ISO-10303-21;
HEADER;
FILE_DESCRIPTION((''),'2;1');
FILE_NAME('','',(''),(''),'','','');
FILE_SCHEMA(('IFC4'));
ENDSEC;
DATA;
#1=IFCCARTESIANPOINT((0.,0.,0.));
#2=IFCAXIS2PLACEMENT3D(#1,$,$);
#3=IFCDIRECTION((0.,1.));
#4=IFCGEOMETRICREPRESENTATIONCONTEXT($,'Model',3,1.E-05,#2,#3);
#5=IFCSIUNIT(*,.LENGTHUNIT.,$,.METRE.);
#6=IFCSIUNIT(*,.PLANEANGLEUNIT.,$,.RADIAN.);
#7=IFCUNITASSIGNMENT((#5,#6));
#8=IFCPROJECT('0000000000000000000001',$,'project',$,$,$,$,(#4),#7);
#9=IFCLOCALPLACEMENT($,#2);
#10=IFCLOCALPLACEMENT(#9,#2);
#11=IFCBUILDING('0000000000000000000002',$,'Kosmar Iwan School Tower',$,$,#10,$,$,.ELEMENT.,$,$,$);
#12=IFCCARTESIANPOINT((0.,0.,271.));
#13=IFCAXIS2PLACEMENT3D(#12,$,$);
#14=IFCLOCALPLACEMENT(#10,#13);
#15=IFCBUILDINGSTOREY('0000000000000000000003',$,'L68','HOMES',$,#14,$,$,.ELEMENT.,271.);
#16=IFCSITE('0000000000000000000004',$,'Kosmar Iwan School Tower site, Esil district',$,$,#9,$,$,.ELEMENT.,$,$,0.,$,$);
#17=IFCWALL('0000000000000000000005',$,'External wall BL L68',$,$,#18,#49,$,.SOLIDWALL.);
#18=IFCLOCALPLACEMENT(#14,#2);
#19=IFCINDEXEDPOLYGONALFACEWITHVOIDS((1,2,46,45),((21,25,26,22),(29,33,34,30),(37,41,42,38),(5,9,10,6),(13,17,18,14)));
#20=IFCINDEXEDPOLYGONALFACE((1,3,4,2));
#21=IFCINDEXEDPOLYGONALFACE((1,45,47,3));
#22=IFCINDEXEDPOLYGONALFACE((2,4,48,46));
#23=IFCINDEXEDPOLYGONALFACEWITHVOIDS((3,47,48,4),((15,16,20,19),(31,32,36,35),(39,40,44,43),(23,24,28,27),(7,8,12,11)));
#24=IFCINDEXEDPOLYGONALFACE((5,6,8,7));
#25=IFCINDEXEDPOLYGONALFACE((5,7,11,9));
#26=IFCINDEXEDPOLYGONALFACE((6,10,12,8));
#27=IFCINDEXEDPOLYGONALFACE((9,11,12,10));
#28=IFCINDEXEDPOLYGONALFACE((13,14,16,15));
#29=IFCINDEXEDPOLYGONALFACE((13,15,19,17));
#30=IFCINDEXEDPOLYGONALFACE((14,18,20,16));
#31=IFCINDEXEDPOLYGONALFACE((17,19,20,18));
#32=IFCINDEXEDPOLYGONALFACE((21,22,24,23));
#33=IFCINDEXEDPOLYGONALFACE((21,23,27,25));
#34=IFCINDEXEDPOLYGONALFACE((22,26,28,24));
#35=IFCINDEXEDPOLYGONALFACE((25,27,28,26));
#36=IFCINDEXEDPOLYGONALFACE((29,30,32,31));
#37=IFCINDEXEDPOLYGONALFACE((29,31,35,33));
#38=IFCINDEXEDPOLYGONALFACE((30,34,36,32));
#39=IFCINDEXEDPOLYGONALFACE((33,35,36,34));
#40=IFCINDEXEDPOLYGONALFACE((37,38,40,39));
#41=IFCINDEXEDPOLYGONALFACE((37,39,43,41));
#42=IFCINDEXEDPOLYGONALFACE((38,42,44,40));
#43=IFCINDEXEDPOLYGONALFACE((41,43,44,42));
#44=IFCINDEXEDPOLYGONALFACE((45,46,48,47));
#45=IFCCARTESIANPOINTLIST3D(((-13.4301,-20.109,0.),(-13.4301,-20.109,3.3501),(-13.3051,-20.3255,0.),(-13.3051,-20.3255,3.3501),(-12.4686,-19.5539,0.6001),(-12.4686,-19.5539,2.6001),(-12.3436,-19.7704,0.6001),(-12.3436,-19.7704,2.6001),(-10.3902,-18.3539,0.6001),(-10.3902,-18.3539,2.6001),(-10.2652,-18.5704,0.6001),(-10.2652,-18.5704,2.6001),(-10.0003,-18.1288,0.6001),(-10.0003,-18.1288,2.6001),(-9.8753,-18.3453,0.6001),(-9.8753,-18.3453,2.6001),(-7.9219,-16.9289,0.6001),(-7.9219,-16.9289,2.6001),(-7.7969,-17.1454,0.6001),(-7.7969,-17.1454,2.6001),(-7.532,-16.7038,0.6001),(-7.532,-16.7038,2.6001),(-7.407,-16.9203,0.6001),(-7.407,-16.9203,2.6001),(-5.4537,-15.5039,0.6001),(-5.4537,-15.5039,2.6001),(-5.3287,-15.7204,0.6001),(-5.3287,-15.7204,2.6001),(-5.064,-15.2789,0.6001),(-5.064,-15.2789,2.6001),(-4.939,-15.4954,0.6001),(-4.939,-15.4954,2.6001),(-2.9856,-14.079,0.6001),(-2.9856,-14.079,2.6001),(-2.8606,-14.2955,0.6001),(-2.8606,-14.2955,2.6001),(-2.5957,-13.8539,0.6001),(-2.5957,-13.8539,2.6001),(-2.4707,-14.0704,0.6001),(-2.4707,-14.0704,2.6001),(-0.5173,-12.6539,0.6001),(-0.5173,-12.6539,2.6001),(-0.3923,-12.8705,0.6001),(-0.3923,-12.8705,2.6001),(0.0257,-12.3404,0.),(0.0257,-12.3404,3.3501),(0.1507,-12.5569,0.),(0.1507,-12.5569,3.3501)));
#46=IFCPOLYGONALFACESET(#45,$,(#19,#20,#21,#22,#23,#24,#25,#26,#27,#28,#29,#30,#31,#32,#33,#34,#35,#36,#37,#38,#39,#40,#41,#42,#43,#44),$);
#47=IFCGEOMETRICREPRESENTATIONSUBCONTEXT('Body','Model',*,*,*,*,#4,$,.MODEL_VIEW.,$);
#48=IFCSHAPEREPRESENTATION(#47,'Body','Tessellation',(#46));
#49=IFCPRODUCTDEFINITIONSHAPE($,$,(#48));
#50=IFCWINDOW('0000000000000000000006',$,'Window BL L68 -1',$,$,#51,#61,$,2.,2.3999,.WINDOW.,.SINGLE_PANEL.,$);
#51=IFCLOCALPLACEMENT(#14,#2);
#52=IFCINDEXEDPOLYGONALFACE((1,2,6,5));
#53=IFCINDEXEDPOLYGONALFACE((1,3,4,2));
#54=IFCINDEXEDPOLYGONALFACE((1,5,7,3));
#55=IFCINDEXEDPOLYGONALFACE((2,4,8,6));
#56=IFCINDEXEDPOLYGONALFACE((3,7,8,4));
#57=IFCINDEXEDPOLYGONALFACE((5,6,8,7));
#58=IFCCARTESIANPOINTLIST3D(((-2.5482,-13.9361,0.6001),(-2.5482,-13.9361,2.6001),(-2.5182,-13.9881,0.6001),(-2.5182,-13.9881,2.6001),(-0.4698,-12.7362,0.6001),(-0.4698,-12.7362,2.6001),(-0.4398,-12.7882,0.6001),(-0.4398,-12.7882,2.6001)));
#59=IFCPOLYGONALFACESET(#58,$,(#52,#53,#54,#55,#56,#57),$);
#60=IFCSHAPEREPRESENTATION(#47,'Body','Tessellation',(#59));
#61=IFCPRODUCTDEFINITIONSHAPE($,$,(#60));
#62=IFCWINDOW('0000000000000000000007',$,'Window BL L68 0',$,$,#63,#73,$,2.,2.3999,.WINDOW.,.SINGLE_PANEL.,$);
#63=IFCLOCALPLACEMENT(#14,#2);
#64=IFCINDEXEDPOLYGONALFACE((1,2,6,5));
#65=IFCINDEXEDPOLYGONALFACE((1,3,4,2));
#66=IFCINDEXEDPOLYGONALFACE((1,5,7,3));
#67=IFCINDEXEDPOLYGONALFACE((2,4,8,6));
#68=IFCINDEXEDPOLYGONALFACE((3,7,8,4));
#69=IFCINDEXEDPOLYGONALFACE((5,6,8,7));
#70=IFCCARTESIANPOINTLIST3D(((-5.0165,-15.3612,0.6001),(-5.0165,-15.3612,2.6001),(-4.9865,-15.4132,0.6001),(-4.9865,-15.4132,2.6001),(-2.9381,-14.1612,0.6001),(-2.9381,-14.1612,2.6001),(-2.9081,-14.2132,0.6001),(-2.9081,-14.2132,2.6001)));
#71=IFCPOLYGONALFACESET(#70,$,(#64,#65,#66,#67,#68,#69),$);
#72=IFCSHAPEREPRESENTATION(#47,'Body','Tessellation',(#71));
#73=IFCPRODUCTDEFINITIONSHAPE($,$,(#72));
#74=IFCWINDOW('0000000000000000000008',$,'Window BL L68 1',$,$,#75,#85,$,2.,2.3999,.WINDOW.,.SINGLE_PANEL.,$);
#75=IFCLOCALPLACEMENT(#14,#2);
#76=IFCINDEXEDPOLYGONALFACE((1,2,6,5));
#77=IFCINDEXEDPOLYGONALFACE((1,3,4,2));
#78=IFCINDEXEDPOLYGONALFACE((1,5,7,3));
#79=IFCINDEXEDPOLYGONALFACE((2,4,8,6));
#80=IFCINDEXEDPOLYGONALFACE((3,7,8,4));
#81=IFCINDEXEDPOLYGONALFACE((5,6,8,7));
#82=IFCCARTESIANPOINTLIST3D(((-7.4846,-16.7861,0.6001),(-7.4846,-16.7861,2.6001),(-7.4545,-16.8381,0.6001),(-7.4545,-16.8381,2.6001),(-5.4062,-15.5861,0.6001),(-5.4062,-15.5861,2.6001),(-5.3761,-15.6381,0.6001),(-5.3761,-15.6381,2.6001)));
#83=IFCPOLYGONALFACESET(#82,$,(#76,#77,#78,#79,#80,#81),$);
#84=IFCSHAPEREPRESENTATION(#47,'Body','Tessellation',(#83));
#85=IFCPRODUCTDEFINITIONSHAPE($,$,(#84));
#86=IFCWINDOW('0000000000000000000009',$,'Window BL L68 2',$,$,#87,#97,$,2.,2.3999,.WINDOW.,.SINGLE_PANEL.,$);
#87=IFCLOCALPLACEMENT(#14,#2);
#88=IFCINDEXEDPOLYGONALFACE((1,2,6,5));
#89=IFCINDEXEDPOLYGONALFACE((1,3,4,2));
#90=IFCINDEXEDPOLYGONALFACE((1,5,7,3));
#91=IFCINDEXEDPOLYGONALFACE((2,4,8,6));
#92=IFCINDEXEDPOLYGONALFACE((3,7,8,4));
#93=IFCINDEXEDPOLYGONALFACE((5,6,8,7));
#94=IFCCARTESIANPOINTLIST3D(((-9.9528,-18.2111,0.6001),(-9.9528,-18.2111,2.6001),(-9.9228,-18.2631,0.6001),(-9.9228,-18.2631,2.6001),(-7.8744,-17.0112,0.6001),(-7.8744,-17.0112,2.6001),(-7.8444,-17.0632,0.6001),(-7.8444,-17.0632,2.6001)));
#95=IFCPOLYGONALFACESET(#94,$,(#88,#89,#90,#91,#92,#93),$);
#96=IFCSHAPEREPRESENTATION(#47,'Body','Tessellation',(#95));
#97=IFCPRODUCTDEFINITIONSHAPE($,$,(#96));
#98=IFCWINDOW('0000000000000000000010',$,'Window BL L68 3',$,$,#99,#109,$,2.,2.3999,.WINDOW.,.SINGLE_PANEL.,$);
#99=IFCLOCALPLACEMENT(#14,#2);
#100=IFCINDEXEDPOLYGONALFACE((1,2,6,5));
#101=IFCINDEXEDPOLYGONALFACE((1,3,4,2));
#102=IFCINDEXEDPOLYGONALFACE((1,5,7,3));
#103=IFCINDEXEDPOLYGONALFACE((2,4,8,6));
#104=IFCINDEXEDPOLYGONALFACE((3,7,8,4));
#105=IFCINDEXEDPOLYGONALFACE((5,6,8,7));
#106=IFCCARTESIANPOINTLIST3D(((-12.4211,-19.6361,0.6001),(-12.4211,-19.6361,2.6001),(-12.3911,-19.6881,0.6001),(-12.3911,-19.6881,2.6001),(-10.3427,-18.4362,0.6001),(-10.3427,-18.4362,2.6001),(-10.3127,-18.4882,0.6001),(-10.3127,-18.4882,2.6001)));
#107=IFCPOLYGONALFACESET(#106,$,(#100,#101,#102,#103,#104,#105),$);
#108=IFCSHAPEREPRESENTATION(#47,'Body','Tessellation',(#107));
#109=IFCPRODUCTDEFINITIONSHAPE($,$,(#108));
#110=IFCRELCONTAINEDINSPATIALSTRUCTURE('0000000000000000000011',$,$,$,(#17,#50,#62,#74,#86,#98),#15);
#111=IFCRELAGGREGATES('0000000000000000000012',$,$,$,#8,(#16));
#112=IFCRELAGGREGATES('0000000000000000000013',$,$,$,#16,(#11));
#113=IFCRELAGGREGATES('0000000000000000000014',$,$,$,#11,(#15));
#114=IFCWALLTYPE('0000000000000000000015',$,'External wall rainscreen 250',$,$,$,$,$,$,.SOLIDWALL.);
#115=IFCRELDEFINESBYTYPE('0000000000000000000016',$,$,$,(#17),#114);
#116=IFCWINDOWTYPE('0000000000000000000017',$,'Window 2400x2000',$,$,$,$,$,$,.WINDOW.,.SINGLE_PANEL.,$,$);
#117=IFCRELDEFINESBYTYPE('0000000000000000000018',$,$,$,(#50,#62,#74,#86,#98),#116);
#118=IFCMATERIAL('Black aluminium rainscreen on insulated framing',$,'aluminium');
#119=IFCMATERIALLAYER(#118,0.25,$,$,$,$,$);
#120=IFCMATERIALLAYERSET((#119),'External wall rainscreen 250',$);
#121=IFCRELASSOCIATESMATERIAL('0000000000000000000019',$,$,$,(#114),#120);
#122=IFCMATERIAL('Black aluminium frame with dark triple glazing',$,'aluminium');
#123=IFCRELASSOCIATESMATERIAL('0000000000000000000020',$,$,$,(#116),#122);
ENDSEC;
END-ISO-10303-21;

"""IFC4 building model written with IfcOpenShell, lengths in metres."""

from ifc_helpers import new_model, si_unit, direction, frame, frame_2d, origin, place, context, subcontext, project, spatial, rectangle, extrude, material, layer, layer_set, type_object, element, fill, save


model = new_model("IFC4")

# Units and contexts
model_context = context("Model", 3, precision=1e-05, world=origin(), true_north=direction((0.0, 1.0)))
body_context = subcontext(model_context, "Body", "Model", "MODEL_VIEW")
ifc_project = project(units=[si_unit("LENGTHUNIT", "METRE"), si_unit("PLANEANGLEUNIT", "RADIAN")], contexts=[model_context])

# Site, building, storey
site_placement = place(None, origin())
site = spatial("IfcSite", under=ifc_project, at=site_placement, Name="Kosmar Iwan School Tower site, Esil district", CompositionType="ELEMENT", RefElevation=0.0)
building_placement = place(site_placement, origin())
building = spatial("IfcBuilding", under=site, at=building_placement, Name="Kosmar Iwan School Tower", CompositionType="ELEMENT")
storey_placement = place(building_placement, frame((0.0, 0.0, 271.0)))
storey = spatial("IfcBuildingStorey", under=building, at=storey_placement, Name="L68", Description="HOMES", CompositionType="ELEMENT", Elevation=271.0)

# Wall, openings, windows
ifc_material_1 = material(Name="Black aluminium rainscreen on insulated framing", Category="aluminium")
ifc_layer_1 = layer(ifc_material_1, 0.25)
ifc_layer_set_1 = layer_set([ifc_layer_1], Name="External wall rainscreen 250")
wall_type_1 = type_object("IfcWallType", Name="External wall rainscreen 250", PredefinedType="SOLIDWALL", material=ifc_layer_set_1)
wall_1_placement = place(storey_placement, frame((0.0881, -12.4487, 0.0), z_axis=(0.0, 0.0, 1.0), x_axis=(-0.86603, -0.499992, 0.0)))
wall_1 = element("IfcWall", 1, at=wall_1_placement, inside=storey, type_object=wall_type_1, Name="External wall BL L68", PredefinedType="SOLIDWALL", context=body_context, shape_type="SweptSolid", body=[
    extrude(rectangle(XDim=15.5374, YDim=0.25, at=frame_2d((7.7686, 0.0))), origin(), (0.0, 0.0, 1.0), 3.3501),
])
opening_1_placement = place(wall_1_placement, frame((0.627, 0.0, 0.6001)))
opening_1 = element("IfcOpeningElement", 2, at=opening_1_placement, cuts=wall_1, PredefinedType="OPENING", context=body_context, shape_type="SweptSolid", body=[
    extrude(rectangle(XDim=2.3999, YDim=2.0, at=frame_2d((1.2, 1.0))), frame((0.0, 0.137, 0.0), z_axis=(0.0, -1.0, 0.0), x_axis=(1.0, 0.0, 0.0)), (0.0, 0.0, 1.0), 0.2739),
])
opening_2_placement = place(wall_1_placement, frame((3.4771, 0.0, 0.6001)))
opening_2 = element("IfcOpeningElement", 3, at=opening_2_placement, cuts=wall_1, PredefinedType="OPENING", context=body_context, shape_type="SweptSolid", body=[
    extrude(rectangle(XDim=2.3999, YDim=2.0, at=frame_2d((1.2, 1.0))), frame((0.0, 0.137, 0.0), z_axis=(0.0, -1.0, 0.0), x_axis=(1.0, 0.0, 0.0)), (0.0, 0.0, 1.0), 0.2739),
])
opening_3_placement = place(wall_1_placement, frame((6.3269, 0.0, 0.6001)))
opening_3 = element("IfcOpeningElement", 4, at=opening_3_placement, cuts=wall_1, PredefinedType="OPENING", context=body_context, shape_type="SweptSolid", body=[
    extrude(rectangle(XDim=2.3999, YDim=2.0, at=frame_2d((1.2, 1.0))), frame((0.0, 0.137, 0.0), z_axis=(0.0, -1.0, 0.0), x_axis=(1.0, 0.0, 0.0)), (0.0, 0.0, 1.0), 0.2739),
])
opening_4_placement = place(wall_1_placement, frame((9.177, 0.0, 0.6001)))
opening_4 = element("IfcOpeningElement", 5, at=opening_4_placement, cuts=wall_1, PredefinedType="OPENING", context=body_context, shape_type="SweptSolid", body=[
    extrude(rectangle(XDim=2.3999, YDim=2.0, at=frame_2d((1.2, 1.0))), frame((0.0, 0.137, 0.0), z_axis=(0.0, -1.0, 0.0), x_axis=(1.0, 0.0, 0.0)), (0.0, 0.0, 1.0), 0.2739),
])
opening_5_placement = place(wall_1_placement, frame((12.0271, 0.0, 0.6001)))
opening_5 = element("IfcOpeningElement", 6, at=opening_5_placement, cuts=wall_1, PredefinedType="OPENING", context=body_context, shape_type="SweptSolid", body=[
    extrude(rectangle(XDim=2.3999, YDim=2.0, at=frame_2d((1.2, 1.0))), frame((0.0, 0.137, 0.0), z_axis=(0.0, -1.0, 0.0), x_axis=(1.0, 0.0, 0.0)), (0.0, 0.0, 1.0), 0.2739),
])
ifc_material_2 = material(Name="Black aluminium frame with dark triple glazing", Category="aluminium")
window_type = type_object("IfcWindowType", Name="Window 2400x2000", PartitioningType="SINGLE_PANEL", PredefinedType="WINDOW", material=ifc_material_2)
window_1_placement = place(opening_1_placement, origin())
window_1 = element("IfcWindow", 7, at=window_1_placement, inside=storey, type_object=window_type, Name="Window BL L68 -1", OverallHeight=2.0, OverallWidth=2.3999, PartitioningType="SINGLE_PANEL", PredefinedType="WINDOW", context=body_context, shape_type="SweptSolid", body=[
    extrude(rectangle(XDim=2.3999, YDim=2.0, at=frame_2d((1.2, 1.0))), frame((0.0, 0.03, 0.0), z_axis=(0.0, -1.0, 0.0), x_axis=(1.0, 0.0, 0.0)), (0.0, 0.0, 1.0), 0.0601),
])
fill(opening_1, window_1)
window_2_placement = place(opening_2_placement, origin())
window_2 = element("IfcWindow", 8, at=window_2_placement, inside=storey, type_object=window_type, Name="Window BL L68 0", OverallHeight=2.0, OverallWidth=2.3999, PartitioningType="SINGLE_PANEL", PredefinedType="WINDOW", context=body_context, shape_type="SweptSolid", body=[
    extrude(rectangle(XDim=2.3999, YDim=2.0, at=frame_2d((1.2, 1.0))), frame((0.0, 0.03, 0.0), z_axis=(0.0, -1.0, 0.0), x_axis=(1.0, 0.0, 0.0)), (0.0, 0.0, 1.0), 0.0601),
])
fill(opening_2, window_2)
window_3_placement = place(opening_3_placement, origin())
window_3 = element("IfcWindow", 9, at=window_3_placement, inside=storey, type_object=window_type, Name="Window BL L68 1", OverallHeight=2.0, OverallWidth=2.3999, PartitioningType="SINGLE_PANEL", PredefinedType="WINDOW", context=body_context, shape_type="SweptSolid", body=[
    extrude(rectangle(XDim=2.3999, YDim=2.0, at=frame_2d((1.2, 1.0))), frame((0.0, 0.03, 0.0), z_axis=(0.0, -1.0, 0.0), x_axis=(1.0, 0.0, 0.0)), (0.0, 0.0, 1.0), 0.0601),
])
fill(opening_3, window_3)
window_4_placement = place(opening_4_placement, origin())
window_4 = element("IfcWindow", 10, at=window_4_placement, inside=storey, type_object=window_type, Name="Window BL L68 2", OverallHeight=2.0, OverallWidth=2.3999, PartitioningType="SINGLE_PANEL", PredefinedType="WINDOW", context=body_context, shape_type="SweptSolid", body=[
    extrude(rectangle(XDim=2.3999, YDim=2.0, at=frame_2d((1.2, 1.0))), frame((0.0, 0.03, 0.0), z_axis=(0.0, -1.0, 0.0), x_axis=(1.0, 0.0, 0.0)), (0.0, 0.0, 1.0), 0.0601),
])
fill(opening_4, window_4)
window_5_placement = place(opening_5_placement, origin())
window_5 = element("IfcWindow", 11, at=window_5_placement, inside=storey, type_object=window_type, Name="Window BL L68 3", OverallHeight=2.0, OverallWidth=2.3999, PartitioningType="SINGLE_PANEL", PredefinedType="WINDOW", context=body_context, shape_type="SweptSolid", body=[
    extrude(rectangle(XDim=2.3999, YDim=2.0, at=frame_2d((1.2, 1.0))), frame((0.0, 0.03, 0.0), z_axis=(0.0, -1.0, 0.0), x_axis=(1.0, 0.0, 0.0)), (0.0, 0.0, 1.0), 0.0601),
])
fill(opening_5, window_5)

save(model, "model.ifc")
